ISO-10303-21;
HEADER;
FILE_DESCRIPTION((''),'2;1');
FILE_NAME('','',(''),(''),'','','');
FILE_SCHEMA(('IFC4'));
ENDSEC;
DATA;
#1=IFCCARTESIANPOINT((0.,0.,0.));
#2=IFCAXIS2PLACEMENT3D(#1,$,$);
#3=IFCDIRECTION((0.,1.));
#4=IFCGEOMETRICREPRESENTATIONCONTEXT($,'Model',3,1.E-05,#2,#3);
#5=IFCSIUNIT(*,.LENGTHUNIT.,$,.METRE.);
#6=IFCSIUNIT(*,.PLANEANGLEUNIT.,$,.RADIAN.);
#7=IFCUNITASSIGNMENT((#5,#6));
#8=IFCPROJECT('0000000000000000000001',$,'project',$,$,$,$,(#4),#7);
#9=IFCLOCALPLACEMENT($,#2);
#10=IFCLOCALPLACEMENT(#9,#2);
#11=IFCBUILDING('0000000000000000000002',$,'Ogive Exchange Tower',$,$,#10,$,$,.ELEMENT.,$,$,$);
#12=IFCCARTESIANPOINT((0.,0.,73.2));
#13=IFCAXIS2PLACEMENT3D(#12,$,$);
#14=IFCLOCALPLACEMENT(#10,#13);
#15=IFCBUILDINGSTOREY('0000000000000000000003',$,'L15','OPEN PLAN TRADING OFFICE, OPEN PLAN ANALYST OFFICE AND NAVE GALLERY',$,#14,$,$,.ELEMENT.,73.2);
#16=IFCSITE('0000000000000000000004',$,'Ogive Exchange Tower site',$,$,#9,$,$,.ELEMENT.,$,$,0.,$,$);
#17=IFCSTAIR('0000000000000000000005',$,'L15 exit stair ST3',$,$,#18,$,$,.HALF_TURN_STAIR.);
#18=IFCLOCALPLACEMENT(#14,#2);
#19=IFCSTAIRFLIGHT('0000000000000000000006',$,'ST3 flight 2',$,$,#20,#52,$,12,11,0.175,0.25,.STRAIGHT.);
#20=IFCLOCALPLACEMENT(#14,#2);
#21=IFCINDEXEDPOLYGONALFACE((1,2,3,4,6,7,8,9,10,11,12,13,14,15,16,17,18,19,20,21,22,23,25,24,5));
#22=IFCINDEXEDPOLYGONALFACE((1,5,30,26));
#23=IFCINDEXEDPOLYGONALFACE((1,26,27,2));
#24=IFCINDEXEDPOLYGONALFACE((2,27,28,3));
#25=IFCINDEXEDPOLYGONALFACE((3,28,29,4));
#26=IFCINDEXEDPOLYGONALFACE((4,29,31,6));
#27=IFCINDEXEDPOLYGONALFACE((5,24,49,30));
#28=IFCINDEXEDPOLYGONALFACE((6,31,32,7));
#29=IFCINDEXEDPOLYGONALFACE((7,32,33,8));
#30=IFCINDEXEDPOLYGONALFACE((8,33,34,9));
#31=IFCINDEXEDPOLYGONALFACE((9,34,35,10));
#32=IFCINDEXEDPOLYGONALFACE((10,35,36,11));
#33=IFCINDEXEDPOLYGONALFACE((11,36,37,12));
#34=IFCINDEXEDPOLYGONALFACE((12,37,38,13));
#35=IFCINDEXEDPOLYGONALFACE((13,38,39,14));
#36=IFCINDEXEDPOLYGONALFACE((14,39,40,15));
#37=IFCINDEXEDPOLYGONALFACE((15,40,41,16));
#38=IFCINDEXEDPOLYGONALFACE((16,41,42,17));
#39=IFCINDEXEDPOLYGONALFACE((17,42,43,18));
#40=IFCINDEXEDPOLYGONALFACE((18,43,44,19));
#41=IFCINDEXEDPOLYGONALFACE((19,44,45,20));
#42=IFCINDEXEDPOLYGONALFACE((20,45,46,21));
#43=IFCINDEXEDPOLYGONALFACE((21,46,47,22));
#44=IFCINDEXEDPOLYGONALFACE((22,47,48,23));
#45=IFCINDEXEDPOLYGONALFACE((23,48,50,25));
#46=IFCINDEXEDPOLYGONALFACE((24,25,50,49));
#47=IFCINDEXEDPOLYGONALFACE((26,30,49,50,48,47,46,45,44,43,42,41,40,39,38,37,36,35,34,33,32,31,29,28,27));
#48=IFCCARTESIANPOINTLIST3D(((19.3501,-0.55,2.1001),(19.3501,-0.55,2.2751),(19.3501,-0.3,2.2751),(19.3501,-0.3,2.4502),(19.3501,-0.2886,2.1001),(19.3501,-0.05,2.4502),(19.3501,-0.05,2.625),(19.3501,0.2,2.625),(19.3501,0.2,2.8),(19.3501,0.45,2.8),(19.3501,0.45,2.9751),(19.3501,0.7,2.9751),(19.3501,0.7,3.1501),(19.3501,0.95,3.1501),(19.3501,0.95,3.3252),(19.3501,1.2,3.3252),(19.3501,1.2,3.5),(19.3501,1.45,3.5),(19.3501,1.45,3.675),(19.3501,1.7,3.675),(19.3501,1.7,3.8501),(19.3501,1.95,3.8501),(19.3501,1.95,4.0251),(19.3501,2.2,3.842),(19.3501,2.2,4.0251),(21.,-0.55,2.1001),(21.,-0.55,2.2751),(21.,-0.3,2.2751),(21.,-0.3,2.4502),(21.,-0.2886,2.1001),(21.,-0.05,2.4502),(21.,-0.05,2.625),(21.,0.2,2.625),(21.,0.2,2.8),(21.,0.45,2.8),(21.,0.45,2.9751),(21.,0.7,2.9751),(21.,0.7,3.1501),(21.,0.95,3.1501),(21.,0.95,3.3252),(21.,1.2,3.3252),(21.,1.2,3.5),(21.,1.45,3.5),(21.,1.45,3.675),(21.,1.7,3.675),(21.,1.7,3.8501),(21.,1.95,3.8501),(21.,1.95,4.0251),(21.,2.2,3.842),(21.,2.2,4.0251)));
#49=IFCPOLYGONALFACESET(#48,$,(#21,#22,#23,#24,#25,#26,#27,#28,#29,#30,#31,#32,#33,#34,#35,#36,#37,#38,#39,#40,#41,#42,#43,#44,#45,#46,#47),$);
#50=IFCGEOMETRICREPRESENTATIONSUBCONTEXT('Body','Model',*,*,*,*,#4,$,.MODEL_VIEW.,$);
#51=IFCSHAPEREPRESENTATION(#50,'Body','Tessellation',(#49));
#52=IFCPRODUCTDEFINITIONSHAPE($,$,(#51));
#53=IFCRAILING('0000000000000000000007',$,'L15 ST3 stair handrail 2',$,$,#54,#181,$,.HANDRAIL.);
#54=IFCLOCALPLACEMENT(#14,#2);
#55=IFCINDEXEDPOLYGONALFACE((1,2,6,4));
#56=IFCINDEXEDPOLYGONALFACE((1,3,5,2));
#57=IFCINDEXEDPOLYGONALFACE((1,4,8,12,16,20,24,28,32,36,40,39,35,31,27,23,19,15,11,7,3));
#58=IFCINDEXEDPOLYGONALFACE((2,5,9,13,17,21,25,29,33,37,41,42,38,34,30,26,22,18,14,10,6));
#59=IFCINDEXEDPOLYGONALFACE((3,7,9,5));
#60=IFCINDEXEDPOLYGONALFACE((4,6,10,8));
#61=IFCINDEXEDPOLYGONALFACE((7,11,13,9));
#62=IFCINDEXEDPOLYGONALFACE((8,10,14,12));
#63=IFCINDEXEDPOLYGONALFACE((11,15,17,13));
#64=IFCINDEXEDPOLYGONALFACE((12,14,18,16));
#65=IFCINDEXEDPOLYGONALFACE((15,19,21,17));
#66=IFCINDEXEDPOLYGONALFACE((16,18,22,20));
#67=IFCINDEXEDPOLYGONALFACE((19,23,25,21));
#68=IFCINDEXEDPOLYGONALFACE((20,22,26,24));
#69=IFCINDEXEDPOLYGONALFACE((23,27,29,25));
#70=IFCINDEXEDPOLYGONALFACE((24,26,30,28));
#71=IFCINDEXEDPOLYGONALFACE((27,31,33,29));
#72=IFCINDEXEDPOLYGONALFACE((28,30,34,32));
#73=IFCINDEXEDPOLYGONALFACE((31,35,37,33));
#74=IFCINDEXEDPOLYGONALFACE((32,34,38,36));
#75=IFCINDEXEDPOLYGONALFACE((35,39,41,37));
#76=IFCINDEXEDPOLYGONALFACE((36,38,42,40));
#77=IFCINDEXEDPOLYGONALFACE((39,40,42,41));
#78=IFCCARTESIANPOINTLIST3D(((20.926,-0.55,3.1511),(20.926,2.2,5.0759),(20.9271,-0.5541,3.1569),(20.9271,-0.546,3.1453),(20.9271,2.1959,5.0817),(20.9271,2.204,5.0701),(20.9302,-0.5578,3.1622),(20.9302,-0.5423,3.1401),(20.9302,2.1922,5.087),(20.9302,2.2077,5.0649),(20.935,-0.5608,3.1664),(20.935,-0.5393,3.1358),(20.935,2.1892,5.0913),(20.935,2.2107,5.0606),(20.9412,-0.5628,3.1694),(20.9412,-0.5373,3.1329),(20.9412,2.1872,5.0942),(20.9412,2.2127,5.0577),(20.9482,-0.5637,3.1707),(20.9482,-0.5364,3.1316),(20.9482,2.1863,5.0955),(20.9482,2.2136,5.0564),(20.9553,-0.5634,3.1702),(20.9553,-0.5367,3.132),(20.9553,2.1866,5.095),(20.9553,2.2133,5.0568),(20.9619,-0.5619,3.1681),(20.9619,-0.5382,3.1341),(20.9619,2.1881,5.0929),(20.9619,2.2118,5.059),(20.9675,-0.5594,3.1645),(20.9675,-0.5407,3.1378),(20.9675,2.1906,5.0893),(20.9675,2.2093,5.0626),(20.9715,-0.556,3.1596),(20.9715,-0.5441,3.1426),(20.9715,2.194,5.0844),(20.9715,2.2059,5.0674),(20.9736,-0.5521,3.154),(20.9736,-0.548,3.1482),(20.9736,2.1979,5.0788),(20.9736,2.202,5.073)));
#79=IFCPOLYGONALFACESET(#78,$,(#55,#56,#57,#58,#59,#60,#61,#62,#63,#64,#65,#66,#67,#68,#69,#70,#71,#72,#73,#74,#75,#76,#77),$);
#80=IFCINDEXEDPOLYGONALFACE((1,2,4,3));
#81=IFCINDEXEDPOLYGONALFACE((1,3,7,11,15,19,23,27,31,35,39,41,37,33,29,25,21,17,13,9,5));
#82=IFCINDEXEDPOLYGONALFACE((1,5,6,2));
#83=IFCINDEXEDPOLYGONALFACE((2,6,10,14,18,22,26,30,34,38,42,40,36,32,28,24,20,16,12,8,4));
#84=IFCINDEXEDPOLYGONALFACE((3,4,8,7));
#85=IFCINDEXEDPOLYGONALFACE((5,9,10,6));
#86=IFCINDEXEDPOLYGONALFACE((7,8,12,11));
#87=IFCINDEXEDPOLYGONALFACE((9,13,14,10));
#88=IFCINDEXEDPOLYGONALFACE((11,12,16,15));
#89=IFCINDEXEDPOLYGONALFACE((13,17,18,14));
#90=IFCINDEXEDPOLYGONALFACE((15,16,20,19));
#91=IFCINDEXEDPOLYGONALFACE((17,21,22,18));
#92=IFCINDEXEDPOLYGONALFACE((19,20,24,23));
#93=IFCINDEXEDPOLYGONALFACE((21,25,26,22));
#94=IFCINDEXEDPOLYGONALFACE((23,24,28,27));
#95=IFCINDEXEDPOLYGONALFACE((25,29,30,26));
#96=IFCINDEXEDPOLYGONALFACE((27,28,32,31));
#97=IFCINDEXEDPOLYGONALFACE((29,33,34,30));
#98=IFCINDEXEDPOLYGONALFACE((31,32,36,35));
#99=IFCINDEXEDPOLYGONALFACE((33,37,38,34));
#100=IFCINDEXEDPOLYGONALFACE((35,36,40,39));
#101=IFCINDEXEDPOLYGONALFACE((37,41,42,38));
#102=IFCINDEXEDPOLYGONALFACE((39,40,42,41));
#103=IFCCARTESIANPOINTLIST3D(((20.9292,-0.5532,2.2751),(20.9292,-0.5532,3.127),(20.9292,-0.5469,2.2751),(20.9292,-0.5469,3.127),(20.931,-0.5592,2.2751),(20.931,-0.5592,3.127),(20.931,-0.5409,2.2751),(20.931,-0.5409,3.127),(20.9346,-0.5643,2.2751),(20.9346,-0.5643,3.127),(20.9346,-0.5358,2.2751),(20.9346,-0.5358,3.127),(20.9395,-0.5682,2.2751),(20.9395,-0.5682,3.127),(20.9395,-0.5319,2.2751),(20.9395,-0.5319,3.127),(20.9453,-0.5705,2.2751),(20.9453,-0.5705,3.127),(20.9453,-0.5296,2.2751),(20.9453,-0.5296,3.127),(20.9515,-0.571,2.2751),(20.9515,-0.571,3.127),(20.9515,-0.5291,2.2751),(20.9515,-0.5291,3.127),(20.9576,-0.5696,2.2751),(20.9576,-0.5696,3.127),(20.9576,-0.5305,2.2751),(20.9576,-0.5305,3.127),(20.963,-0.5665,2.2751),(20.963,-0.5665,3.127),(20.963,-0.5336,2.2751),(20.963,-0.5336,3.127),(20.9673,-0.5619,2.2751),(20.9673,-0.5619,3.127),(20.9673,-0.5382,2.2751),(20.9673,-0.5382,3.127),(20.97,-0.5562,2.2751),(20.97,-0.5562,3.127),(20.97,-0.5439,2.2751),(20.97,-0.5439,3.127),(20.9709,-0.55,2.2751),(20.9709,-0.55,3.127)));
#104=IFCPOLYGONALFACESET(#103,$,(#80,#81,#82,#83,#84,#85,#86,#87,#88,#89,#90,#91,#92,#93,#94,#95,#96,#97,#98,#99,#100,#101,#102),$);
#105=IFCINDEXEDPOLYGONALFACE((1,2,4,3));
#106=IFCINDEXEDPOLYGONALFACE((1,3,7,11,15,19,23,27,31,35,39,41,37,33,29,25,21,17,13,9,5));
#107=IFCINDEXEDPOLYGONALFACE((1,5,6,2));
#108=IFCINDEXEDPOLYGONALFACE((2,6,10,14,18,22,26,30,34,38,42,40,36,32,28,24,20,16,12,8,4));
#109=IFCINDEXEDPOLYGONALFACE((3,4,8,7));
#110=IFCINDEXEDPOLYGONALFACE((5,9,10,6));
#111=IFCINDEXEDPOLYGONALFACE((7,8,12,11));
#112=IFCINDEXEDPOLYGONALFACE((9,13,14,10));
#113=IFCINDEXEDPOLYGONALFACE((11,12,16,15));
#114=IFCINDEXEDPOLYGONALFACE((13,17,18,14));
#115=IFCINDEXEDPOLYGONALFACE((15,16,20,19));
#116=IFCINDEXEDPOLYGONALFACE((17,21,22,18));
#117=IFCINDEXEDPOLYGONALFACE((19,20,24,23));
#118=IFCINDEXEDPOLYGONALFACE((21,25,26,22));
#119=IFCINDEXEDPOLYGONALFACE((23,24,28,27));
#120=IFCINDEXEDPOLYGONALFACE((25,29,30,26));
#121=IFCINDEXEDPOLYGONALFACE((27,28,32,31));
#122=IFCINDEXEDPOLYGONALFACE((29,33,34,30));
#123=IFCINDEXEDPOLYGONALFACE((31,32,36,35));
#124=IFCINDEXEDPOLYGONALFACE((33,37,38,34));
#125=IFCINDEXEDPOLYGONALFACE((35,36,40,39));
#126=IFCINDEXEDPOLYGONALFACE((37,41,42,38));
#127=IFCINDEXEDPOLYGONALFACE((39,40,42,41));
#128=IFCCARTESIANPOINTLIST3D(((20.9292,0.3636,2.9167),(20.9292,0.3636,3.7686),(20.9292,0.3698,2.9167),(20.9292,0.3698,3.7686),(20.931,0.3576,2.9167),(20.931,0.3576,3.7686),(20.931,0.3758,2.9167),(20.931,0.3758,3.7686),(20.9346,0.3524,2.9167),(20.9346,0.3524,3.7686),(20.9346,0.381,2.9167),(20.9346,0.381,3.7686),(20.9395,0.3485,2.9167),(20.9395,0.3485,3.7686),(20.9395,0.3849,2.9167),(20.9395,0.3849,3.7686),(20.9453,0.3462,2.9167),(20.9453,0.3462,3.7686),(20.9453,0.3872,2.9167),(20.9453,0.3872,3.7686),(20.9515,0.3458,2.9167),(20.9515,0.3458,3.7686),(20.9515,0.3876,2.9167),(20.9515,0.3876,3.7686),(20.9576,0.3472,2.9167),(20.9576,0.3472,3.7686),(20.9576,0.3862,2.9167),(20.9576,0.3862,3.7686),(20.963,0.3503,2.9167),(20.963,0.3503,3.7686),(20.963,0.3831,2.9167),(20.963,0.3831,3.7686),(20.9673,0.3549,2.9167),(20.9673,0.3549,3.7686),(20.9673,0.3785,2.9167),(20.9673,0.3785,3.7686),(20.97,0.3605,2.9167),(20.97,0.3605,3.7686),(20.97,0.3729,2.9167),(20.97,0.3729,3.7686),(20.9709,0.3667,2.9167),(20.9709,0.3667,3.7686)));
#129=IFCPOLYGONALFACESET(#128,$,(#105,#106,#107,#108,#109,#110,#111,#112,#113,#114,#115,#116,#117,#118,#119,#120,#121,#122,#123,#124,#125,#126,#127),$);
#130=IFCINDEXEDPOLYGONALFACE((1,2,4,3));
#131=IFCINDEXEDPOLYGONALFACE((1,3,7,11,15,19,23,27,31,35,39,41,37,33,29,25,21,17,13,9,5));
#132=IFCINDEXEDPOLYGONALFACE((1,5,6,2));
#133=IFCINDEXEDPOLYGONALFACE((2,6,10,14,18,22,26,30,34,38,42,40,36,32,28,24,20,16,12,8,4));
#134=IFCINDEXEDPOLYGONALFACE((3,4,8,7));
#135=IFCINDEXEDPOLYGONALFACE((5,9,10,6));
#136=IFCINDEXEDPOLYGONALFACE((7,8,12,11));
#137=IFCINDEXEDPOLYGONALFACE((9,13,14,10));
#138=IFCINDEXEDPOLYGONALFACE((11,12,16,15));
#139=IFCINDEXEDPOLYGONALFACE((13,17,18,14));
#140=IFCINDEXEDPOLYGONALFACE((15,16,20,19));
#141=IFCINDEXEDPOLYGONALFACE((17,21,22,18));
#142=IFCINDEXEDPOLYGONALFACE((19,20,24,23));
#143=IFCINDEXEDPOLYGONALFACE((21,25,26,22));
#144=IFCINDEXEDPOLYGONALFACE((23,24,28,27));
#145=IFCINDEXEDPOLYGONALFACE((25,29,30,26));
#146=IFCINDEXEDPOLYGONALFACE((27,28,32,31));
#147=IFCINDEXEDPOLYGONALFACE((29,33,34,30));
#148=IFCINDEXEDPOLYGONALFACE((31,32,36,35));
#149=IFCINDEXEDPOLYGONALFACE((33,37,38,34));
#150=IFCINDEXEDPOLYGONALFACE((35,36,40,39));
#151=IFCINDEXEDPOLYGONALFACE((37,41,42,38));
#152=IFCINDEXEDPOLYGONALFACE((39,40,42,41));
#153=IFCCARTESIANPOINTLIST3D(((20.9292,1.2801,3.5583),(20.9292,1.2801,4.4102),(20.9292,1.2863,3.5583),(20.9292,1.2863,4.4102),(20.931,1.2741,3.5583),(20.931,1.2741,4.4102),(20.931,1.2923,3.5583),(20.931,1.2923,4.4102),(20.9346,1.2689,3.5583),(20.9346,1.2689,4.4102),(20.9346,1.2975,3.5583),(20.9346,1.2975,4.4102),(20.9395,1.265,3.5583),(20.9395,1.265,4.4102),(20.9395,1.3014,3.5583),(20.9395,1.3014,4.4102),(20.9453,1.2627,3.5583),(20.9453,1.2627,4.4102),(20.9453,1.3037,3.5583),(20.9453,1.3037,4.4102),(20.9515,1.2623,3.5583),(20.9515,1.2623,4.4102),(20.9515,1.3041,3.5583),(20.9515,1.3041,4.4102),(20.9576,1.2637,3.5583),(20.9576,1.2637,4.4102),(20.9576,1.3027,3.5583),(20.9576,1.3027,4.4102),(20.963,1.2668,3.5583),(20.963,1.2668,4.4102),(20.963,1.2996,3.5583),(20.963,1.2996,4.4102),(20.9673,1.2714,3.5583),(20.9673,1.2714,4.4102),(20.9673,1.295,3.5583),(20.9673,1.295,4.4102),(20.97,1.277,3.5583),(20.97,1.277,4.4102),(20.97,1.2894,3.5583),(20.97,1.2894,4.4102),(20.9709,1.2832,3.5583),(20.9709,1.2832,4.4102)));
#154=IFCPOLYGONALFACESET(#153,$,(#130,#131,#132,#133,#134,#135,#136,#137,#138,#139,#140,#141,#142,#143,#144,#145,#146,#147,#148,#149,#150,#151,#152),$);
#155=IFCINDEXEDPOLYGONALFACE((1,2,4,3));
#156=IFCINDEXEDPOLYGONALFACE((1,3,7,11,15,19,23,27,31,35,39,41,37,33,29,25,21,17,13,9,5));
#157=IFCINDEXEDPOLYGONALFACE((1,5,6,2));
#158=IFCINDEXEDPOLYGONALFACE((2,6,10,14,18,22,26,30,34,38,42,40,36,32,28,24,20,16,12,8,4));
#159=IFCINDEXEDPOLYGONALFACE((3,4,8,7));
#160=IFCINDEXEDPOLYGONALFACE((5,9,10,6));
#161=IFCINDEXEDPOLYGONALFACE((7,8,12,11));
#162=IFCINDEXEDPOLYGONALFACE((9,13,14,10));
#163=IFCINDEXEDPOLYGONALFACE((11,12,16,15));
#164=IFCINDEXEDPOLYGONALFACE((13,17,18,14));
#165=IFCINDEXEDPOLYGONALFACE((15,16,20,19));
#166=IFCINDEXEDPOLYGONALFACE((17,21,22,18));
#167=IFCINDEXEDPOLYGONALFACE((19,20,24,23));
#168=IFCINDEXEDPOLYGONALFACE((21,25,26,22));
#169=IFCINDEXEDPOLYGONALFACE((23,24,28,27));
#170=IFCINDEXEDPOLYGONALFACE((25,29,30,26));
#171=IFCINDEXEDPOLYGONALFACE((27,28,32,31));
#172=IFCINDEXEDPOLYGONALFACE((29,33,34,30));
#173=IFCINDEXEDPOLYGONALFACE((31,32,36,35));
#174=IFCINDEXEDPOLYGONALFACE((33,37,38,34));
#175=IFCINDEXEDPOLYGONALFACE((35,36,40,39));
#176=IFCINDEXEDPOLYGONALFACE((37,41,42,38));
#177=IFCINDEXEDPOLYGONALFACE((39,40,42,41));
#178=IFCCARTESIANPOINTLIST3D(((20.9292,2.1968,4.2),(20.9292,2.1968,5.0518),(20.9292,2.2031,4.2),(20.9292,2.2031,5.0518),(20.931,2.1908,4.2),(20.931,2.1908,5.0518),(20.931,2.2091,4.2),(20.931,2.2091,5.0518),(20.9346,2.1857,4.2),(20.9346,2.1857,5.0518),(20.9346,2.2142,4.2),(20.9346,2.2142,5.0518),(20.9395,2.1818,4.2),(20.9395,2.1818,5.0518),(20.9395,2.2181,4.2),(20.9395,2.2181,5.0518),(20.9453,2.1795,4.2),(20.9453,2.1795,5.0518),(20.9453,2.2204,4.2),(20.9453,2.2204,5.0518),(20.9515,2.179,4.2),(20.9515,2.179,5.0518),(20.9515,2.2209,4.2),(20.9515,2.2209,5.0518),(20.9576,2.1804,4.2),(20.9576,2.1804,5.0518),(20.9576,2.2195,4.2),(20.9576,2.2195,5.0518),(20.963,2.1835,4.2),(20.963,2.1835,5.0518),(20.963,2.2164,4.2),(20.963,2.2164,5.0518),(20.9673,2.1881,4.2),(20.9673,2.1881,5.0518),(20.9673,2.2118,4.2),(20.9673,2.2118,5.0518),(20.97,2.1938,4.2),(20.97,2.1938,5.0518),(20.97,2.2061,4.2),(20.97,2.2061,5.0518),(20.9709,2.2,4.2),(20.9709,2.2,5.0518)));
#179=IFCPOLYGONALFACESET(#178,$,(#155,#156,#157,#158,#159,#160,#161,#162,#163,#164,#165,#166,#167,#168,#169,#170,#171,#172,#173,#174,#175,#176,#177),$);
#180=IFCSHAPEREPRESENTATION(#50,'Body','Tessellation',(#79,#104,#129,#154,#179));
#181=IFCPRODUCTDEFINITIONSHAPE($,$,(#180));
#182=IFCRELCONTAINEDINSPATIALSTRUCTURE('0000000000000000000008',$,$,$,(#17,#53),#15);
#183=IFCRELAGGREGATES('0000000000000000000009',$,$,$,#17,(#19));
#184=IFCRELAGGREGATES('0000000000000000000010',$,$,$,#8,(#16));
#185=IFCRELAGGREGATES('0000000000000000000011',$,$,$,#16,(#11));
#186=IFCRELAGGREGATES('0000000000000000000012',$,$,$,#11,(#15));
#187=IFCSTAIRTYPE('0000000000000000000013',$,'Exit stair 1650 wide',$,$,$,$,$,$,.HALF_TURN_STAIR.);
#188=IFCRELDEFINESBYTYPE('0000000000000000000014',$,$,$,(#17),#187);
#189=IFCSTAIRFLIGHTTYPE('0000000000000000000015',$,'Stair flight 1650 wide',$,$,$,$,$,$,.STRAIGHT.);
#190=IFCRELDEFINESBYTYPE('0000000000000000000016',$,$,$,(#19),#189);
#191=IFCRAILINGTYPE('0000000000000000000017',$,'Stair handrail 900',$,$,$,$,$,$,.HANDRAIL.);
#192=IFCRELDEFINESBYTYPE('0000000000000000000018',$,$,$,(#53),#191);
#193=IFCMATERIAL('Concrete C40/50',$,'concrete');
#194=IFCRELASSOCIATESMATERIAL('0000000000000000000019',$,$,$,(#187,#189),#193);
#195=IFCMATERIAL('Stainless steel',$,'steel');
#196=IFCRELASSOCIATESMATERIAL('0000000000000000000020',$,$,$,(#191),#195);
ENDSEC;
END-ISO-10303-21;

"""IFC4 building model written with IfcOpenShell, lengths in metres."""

from ifc_helpers import new_model, si_unit, direction, frame, origin, origin_2d, place, context, subcontext, project, spatial, polyline, circle, outline, extrude, material, type_object, element, aggregate, save


model = new_model("IFC4")

# Units and contexts
model_context = context("Model", 3, precision=1e-05, world=origin(), true_north=direction((0.0, 1.0)))
body_context = subcontext(model_context, "Body", "Model", "MODEL_VIEW")
ifc_project = project(units=[si_unit("LENGTHUNIT", "METRE"), si_unit("PLANEANGLEUNIT", "RADIAN")], contexts=[model_context])

# Site, building, storey
site_placement = place(None, origin())
site = spatial("IfcSite", under=ifc_project, at=site_placement, Name="Ogive Exchange Tower site", CompositionType="ELEMENT", RefElevation=0.0)
building_placement = place(site_placement, origin())
building = spatial("IfcBuilding", under=site, at=building_placement, Name="Ogive Exchange Tower", CompositionType="ELEMENT")
storey_placement = place(building_placement, frame((0.0, 0.0, 73.2)))
storey = spatial("IfcBuildingStorey", under=building, at=storey_placement, Name="L15", Description="OPEN PLAN TRADING OFFICE, OPEN PLAN ANALYST OFFICE AND NAVE GALLERY", CompositionType="ELEMENT", Elevation=73.2)

# Stair, stair flight
ifc_material_1 = material(Name="Concrete C40/50", Category="concrete")
stair_type = type_object("IfcStairType", Name="Exit stair 1650 wide", PredefinedType="HALF_TURN_STAIR", material=ifc_material_1)
stair_placement = place(storey_placement, origin())
stair = element("IfcStair", 1, at=stair_placement, inside=storey, type_object=stair_type, Name="L15 exit stair ST3", PredefinedType="HALF_TURN_STAIR")
stair_flight_type = type_object("IfcStairFlightType", Name="Stair flight 1650 wide", PredefinedType="STRAIGHT", material=ifc_material_1)
stair_flight_placement = place(storey_placement, frame((20.175, -0.55, 2.1001), z_axis=(0.0, 0.0, 1.0), x_axis=(0.0, 1.0, 0.0)))
stair_flight = element("IfcStairFlight", 2, at=stair_flight_placement, type_object=stair_flight_type, Name="ST3 flight 2", NumberOfRisers=12, NumberOfTreads=11, PredefinedType="STRAIGHT", RiserHeight=0.175, TreadLength=0.25, context=body_context, shape_type="SweptSolid", body=[
    extrude(outline(polyline([(0.0, 0.0), (0.0, 0.175), (0.25, 0.175), (0.25, 0.3501), (0.5, 0.3501), (0.5, 0.5249), (0.75, 0.5249), (0.75, 0.7), (1.0, 0.7), (1.0, 0.875), (1.25, 0.875), (1.25, 1.05), (1.5, 1.05), (1.5, 1.2251), (1.75, 1.2251), (1.75, 1.3999), (2.0, 1.3999), (2.0, 1.575), (2.25, 1.575), (2.25, 1.75), (2.5, 1.75), (2.5, 1.925), (2.75, 1.925), (2.75, 2.1001), (2.75, 1.7419), (0.2615, 0.0), (0.0, 0.0)])), frame((0.0, 0.825, 0.0), z_axis=(0.0, -1.0, 0.0), x_axis=(1.0, 0.0, 0.0)), (0.0, 0.0, 1.0), 1.6499),
])
aggregate(stair, [stair_flight])

# Railing
ifc_material_2 = material(Name="Stainless steel", Category="steel")
railing_type = type_object("IfcRailingType", Name="Stair handrail 900", PredefinedType="HANDRAIL", material=ifc_material_2)
railing_placement = place(storey_placement, frame((20.95, -0.55, 2.2751)))
element("IfcRailing", 3, at=railing_placement, inside=storey, type_object=railing_type, Name="L15 ST3 stair handrail 2", PredefinedType="HANDRAIL", context=body_context, shape_type="SweptSolid", body=[
    extrude(circle(Radius=0.0239, at=origin_2d()), frame((0.0, 0.0, 0.876), z_axis=(0.0, 0.819259, 0.573423), x_axis=(-1.0, 0.0, 0.0)), (0.0, 0.0, 1.0), 3.3567),
    extrude(circle(Radius=0.021, at=origin_2d()), origin(), (0.0, 0.0, 1.0), 0.8518),
    extrude(circle(Radius=0.021, at=origin_2d()), frame((0.0, 0.9167, 0.6416)), (0.0, 0.0, 1.0), 0.8518),
    extrude(circle(Radius=0.021, at=origin_2d()), frame((0.0, 1.8333, 1.2832)), (0.0, 0.0, 1.0), 0.8518),
    extrude(circle(Radius=0.021, at=origin_2d()), frame((0.0, 2.75, 1.9248)), (0.0, 0.0, 1.0), 0.8518),
])

save(model, "model.ifc")
